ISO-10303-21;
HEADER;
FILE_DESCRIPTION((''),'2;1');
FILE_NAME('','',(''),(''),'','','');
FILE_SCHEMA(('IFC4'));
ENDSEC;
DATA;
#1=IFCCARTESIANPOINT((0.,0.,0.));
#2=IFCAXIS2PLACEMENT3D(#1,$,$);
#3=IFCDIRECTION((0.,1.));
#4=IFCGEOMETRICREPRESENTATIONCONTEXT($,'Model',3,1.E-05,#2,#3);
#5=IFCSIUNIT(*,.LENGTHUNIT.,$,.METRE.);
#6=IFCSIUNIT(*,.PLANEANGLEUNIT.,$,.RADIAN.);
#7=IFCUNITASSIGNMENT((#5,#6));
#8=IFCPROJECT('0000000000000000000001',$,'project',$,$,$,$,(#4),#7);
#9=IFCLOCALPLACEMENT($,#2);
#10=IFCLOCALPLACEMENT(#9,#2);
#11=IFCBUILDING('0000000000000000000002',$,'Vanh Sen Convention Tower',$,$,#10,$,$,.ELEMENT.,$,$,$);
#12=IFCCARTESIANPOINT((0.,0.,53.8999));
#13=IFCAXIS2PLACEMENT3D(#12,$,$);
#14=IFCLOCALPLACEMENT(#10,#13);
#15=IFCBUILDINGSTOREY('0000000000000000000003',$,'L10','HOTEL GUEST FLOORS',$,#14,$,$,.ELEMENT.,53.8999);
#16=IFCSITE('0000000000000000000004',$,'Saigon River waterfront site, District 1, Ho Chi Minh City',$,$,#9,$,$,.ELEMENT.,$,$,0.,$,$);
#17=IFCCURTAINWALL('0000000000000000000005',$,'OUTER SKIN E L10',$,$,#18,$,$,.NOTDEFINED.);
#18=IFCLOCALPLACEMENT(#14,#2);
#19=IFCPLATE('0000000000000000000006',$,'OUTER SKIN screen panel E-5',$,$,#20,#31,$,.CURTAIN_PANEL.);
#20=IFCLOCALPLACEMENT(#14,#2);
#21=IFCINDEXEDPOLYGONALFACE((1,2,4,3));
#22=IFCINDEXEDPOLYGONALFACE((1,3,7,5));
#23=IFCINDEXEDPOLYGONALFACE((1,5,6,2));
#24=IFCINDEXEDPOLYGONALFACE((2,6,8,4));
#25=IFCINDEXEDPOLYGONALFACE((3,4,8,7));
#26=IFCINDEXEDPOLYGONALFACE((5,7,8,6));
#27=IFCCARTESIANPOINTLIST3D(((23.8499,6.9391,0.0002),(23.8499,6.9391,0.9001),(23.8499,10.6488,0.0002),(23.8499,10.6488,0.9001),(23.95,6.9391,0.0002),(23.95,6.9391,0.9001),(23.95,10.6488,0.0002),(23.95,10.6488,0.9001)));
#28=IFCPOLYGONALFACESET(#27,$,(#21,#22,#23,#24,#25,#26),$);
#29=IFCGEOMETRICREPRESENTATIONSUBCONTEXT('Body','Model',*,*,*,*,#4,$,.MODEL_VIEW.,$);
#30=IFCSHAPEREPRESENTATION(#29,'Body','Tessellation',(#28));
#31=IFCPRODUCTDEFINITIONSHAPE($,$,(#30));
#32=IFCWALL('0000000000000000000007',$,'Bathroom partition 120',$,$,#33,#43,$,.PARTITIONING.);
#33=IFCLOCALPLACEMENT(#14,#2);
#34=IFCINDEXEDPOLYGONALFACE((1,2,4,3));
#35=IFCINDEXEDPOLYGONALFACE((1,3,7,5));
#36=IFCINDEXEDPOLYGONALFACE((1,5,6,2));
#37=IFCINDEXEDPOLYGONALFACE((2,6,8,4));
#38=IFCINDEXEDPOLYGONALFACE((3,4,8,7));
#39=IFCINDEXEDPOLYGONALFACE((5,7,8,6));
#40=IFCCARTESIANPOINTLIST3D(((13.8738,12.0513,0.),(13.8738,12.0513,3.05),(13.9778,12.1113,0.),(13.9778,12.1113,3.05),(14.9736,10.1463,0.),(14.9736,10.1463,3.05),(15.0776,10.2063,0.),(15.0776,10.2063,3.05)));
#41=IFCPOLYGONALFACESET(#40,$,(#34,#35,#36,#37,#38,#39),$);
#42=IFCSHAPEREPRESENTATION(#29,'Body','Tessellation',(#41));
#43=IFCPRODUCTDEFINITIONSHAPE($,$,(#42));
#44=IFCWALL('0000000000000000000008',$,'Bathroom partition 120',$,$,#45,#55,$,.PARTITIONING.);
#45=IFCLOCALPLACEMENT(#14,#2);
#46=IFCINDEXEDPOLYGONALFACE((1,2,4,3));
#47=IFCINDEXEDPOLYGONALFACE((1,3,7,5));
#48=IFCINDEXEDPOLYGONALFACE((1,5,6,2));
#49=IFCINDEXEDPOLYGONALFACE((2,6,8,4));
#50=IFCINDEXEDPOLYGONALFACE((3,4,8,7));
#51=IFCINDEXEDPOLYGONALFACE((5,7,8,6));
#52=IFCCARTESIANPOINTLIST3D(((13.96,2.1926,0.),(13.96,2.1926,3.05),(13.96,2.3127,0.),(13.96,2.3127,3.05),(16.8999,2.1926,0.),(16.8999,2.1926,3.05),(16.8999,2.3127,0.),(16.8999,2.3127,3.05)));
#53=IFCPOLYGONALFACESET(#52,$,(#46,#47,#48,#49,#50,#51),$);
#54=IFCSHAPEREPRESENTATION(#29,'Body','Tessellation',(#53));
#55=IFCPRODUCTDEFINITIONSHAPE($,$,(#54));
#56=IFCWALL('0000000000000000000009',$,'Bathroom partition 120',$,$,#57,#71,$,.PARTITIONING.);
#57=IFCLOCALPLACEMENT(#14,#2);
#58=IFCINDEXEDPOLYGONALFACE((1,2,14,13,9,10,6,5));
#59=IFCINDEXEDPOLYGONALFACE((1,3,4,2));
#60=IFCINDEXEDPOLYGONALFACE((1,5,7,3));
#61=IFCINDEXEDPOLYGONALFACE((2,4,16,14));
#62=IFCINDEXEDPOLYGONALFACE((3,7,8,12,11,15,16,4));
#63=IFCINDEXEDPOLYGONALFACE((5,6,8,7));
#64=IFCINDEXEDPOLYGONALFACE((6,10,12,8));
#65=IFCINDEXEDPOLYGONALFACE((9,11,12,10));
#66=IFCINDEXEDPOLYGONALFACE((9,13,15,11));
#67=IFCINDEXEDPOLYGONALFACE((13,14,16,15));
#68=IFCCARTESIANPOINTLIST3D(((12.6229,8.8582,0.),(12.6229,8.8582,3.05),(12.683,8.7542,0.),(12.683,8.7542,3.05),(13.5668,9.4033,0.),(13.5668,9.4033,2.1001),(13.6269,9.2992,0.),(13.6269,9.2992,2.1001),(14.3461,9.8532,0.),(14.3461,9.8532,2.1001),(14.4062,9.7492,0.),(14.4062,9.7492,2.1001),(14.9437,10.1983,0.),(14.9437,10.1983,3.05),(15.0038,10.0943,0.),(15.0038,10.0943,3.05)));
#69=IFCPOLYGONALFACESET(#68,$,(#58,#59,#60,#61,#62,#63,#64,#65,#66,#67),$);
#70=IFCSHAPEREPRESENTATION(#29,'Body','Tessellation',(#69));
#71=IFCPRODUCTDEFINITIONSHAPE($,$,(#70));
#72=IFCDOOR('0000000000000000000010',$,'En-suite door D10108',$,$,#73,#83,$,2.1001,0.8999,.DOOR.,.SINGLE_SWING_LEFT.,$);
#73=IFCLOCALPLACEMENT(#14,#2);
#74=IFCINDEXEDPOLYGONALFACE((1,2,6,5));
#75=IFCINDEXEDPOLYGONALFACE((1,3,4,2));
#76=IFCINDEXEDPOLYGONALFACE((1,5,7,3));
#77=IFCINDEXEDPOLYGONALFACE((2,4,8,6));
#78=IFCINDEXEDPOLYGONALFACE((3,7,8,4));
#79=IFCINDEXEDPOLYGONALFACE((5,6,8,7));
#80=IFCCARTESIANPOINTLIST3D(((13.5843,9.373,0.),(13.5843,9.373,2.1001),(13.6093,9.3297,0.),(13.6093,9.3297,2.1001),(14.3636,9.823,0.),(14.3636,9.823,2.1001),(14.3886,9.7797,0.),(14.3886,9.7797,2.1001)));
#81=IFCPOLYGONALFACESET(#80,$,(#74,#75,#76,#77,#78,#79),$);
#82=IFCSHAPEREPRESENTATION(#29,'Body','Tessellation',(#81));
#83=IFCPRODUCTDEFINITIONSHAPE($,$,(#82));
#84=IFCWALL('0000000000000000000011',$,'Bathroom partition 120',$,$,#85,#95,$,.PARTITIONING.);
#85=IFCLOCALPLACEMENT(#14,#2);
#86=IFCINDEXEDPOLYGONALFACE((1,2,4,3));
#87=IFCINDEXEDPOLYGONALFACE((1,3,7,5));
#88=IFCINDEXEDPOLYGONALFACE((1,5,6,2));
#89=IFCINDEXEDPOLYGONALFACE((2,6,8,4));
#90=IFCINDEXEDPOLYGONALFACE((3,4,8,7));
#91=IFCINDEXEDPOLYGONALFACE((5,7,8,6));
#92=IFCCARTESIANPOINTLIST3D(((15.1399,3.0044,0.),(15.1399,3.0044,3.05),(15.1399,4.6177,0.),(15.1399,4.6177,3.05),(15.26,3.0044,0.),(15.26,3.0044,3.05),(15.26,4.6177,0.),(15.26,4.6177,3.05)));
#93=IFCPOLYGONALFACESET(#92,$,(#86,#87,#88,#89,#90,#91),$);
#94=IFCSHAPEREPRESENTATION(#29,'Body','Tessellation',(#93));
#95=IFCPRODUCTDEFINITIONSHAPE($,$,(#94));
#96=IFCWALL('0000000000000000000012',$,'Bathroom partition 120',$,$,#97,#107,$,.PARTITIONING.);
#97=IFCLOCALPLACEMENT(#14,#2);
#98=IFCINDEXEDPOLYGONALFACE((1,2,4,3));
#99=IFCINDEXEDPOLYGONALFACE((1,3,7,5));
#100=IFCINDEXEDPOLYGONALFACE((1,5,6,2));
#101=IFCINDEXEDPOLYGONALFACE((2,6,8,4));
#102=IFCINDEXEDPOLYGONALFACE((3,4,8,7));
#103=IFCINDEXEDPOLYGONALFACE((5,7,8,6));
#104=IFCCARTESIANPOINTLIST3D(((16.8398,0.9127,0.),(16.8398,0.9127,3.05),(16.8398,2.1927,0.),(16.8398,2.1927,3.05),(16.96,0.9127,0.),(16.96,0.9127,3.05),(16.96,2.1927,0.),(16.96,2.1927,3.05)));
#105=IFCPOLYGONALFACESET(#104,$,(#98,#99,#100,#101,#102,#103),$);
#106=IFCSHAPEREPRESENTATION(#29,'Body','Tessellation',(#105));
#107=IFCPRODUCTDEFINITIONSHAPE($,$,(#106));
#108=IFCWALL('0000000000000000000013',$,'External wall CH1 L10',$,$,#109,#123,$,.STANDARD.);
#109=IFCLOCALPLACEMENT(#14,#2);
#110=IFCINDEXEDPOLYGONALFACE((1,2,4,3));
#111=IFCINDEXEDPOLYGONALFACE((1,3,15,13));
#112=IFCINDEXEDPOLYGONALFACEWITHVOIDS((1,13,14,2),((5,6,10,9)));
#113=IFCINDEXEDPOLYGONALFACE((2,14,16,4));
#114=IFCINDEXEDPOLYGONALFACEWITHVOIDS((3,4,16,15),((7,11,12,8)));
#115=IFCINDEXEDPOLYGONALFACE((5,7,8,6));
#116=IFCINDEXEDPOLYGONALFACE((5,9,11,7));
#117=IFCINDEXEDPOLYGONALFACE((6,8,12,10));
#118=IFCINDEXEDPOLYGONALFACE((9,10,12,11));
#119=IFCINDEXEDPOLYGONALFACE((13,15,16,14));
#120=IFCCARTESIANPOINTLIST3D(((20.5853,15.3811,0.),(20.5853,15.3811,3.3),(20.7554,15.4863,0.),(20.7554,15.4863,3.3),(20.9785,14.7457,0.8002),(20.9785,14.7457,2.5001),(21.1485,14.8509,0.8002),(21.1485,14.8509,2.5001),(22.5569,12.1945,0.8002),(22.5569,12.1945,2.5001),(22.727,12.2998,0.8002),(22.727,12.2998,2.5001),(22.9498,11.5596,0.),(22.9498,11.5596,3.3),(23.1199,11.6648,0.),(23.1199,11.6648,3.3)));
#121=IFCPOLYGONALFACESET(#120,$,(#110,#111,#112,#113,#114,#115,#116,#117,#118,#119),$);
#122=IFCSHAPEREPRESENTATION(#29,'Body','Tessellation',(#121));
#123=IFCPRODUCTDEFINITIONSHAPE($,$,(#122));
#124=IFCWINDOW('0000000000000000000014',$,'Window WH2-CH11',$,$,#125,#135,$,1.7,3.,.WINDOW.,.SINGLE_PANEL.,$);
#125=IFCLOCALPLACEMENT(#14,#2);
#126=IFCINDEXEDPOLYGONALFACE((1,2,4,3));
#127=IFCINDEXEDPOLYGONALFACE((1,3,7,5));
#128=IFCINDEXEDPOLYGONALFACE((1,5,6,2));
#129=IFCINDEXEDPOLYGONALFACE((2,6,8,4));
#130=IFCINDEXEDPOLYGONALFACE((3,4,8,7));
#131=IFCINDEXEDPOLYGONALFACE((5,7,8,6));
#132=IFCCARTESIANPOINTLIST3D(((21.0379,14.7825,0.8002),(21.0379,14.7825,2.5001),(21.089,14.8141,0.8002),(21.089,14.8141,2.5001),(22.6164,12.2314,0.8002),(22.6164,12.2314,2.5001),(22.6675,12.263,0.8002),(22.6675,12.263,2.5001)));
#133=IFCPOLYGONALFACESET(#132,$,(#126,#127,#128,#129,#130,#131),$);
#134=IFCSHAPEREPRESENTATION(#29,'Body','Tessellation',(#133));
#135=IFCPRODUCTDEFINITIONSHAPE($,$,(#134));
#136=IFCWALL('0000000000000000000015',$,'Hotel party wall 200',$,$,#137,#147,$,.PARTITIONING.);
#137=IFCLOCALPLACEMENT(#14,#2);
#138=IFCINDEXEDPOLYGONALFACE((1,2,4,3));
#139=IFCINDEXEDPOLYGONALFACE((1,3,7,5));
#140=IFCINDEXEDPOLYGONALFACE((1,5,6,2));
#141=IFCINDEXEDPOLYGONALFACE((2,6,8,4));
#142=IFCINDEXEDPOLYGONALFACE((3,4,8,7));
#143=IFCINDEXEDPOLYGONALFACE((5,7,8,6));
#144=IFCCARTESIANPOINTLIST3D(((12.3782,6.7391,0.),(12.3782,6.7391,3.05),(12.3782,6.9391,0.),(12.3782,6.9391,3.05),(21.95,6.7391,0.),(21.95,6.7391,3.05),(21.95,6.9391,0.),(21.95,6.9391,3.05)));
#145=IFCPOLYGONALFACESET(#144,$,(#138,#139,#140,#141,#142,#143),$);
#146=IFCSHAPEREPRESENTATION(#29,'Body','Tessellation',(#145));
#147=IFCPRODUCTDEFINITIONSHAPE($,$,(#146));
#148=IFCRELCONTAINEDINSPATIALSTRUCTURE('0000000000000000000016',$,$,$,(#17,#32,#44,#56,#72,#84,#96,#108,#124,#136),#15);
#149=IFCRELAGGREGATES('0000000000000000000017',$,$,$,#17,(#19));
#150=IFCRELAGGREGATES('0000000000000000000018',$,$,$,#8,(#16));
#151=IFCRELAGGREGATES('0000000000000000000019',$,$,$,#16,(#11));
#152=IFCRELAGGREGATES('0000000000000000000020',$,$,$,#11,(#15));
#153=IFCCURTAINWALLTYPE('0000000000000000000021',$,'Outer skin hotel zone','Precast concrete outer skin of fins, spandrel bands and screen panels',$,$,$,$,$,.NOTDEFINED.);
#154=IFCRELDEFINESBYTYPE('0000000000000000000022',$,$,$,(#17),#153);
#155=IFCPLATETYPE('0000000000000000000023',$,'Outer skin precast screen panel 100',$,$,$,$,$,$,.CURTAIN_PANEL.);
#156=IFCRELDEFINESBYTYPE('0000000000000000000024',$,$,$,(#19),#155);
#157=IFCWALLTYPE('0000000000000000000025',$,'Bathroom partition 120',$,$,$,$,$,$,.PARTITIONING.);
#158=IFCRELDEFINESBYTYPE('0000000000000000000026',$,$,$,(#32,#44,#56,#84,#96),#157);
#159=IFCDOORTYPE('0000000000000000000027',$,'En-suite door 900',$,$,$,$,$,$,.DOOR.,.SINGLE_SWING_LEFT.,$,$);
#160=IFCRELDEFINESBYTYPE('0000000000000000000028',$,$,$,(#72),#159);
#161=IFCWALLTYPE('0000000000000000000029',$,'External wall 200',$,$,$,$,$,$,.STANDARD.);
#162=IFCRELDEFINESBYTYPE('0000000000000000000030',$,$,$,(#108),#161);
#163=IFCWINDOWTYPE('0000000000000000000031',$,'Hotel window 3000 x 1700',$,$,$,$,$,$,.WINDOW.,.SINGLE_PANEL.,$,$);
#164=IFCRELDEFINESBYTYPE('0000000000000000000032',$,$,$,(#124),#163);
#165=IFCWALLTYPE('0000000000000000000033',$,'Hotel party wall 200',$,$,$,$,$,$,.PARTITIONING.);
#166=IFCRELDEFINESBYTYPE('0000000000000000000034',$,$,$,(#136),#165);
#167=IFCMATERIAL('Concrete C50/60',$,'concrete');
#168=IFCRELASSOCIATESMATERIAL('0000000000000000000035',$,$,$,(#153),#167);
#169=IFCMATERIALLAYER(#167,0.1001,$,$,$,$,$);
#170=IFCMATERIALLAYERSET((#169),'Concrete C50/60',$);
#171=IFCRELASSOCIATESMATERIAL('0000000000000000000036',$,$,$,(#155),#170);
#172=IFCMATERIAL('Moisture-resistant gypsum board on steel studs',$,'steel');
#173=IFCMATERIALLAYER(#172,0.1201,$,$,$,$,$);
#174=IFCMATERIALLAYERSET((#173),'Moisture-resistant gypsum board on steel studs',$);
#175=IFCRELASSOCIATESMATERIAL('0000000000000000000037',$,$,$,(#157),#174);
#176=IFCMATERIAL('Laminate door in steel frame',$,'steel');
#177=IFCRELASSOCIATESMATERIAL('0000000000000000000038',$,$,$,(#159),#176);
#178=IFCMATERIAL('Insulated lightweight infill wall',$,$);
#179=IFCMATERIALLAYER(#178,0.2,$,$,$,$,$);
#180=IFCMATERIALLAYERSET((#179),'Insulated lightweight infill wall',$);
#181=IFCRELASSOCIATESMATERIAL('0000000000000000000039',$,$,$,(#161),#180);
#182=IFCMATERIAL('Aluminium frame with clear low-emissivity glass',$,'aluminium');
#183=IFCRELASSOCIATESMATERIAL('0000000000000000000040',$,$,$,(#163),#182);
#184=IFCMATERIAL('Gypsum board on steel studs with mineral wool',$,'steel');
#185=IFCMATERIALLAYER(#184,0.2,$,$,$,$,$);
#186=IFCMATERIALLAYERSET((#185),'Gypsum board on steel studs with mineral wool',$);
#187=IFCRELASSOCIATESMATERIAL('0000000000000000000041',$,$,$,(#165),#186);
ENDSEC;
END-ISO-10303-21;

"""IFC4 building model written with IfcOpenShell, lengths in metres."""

from ifc_helpers import new_model, si_unit, direction, frame, frame_2d, origin, origin_2d, place, context, subcontext, project, spatial, rectangle, extrude, material, layer, layer_set, type_object, element, fill, aggregate, save


model = new_model("IFC4")

# Units and contexts
model_context = context("Model", 3, precision=1e-05, world=origin(), true_north=direction((0.0, 1.0)))
body_context = subcontext(model_context, "Body", "Model", "MODEL_VIEW")
ifc_project = project(units=[si_unit("LENGTHUNIT", "METRE"), si_unit("PLANEANGLEUNIT", "RADIAN")], contexts=[model_context])

# Site, building, storey
site_placement = place(None, origin())
site = spatial("IfcSite", under=ifc_project, at=site_placement, Name="Saigon River waterfront site, District 1, Ho Chi Minh City", CompositionType="ELEMENT", RefElevation=0.0)
building_placement = place(site_placement, origin())
building = spatial("IfcBuilding", under=site, at=building_placement, Name="Vanh Sen Convention Tower", CompositionType="ELEMENT")
storey_placement = place(building_placement, frame((0.0, 0.0, 53.8999)))
storey = spatial("IfcBuildingStorey", under=building, at=storey_placement, Name="L10", Description="HOTEL GUEST FLOORS", CompositionType="ELEMENT", Elevation=53.8999)

# Curtain wall
ifc_material_1 = material(Name="Concrete C50/60", Category="concrete")
curtain_wall_type = type_object("IfcCurtainWallType", Name="Outer skin hotel zone", Description="Precast concrete outer skin of fins, spandrel bands and screen panels", PredefinedType="NOTDEFINED", material=ifc_material_1)
curtain_wall_1_placement = place(storey_placement, origin())
curtain_wall_1 = element("IfcCurtainWall", 1, at=curtain_wall_1_placement, inside=storey, type_object=curtain_wall_type, Name="OUTER SKIN E L10", PredefinedType="NOTDEFINED")

# Plate
ifc_layer_1 = layer(ifc_material_1, 0.1001)
ifc_layer_set_1 = layer_set([ifc_layer_1], Name="Concrete C50/60")
plate_type = type_object("IfcPlateType", Name="Outer skin precast screen panel 100", PredefinedType="CURTAIN_PANEL", material=ifc_layer_set_1)
plate_1_placement = place(storey_placement, frame((23.8999, 8.7939, 0.0002), z_axis=(0.0, 0.0, 1.0), x_axis=(0.0, 1.0, 0.0)))
plate_1 = element("IfcPlate", 2, at=plate_1_placement, type_object=plate_type, Name="OUTER SKIN screen panel E-5", PredefinedType="CURTAIN_PANEL", context=body_context, shape_type="SweptSolid", body=[
    extrude(rectangle(XDim=3.7097, YDim=0.1001, at=origin_2d()), origin(), (0.0, 0.0, 1.0), 0.8999),
])
aggregate(curtain_wall_1, [plate_1])

# Walls
ifc_material_2 = material(Name="Moisture-resistant gypsum board on steel studs", Category="steel")
ifc_layer_2 = layer(ifc_material_2, 0.1201)
ifc_layer_set_2 = layer_set([ifc_layer_2], Name="Moisture-resistant gypsum board on steel studs")
wall_type_1 = type_object("IfcWallType", Name="Bathroom partition 120", PredefinedType="PARTITIONING", material=ifc_layer_set_2)
wall_1_placement = place(storey_placement, frame((13.9258, 12.0813, 0.0), z_axis=(0.0, 0.0, 1.0), x_axis=(0.499995, -0.866028, 0.0)))
element("IfcWall", 3, at=wall_1_placement, inside=storey, type_object=wall_type_1, Name="Bathroom partition 120", PredefinedType="PARTITIONING", context=body_context, shape_type="SweptSolid", body=[
    extrude(rectangle(XDim=2.1997, YDim=0.1201, at=frame_2d((1.0999, 0.0))), origin(), (0.0, 0.0, 1.0), 3.05),
])
wall_2_placement = place(storey_placement, frame((13.96, 2.2527, 0.0), z_axis=(0.0, 0.0, 1.0), x_axis=(1.0, 0.0, 0.0)))
element("IfcWall", 4, at=wall_2_placement, inside=storey, type_object=wall_type_1, Name="Bathroom partition 120", PredefinedType="PARTITIONING", context=body_context, shape_type="SweptSolid", body=[
    extrude(rectangle(XDim=2.9399, YDim=0.1201, at=frame_2d((1.47, 0.0))), origin(), (0.0, 0.0, 1.0), 3.05),
])

# Wall, opening, door
wall_3_placement = place(storey_placement, frame((14.9736, 10.1462, 0.0), z_axis=(0.0, 0.0, 1.0), x_axis=(-0.865997, -0.500048, 0.0)))
wall_3 = element("IfcWall", 5, at=wall_3_placement, inside=storey, type_object=wall_type_1, Name="Bathroom partition 120", PredefinedType="PARTITIONING", context=body_context, shape_type="SweptSolid", body=[
    extrude(rectangle(XDim=2.6799, YDim=0.1201, at=frame_2d((1.3398, 0.0))), origin(), (0.0, 0.0, 1.0), 3.05),
])
opening_1_placement = place(wall_3_placement, frame((0.6899, 0.0, 0.0)))
opening_1 = element("IfcOpeningElement", 6, at=opening_1_placement, cuts=wall_3, PredefinedType="OPENING", context=body_context, shape_type="SweptSolid", body=[
    extrude(rectangle(XDim=0.8999, YDim=2.1001, at=frame_2d((0.45, 1.05))), frame((0.0, 0.0701, 0.0), z_axis=(0.0, -1.0, 0.0), x_axis=(1.0, 0.0, 0.0)), (0.0, 0.0, 1.0), 0.1401),
])
ifc_material_3 = material(Name="Laminate door in steel frame", Category="steel")
door_type_1 = type_object("IfcDoorType", Name="En-suite door 900", OperationType="SINGLE_SWING_LEFT", PredefinedType="DOOR", material=ifc_material_3)
door_1_placement = place(opening_1_placement, origin())
door_1 = element("IfcDoor", 7, at=door_1_placement, inside=storey, type_object=door_type_1, Name="En-suite door D10108", OperationType="SINGLE_SWING_LEFT", OverallHeight=2.1001, OverallWidth=0.8999, PredefinedType="DOOR", context=body_context, shape_type="SweptSolid", body=[
    extrude(rectangle(XDim=0.8999, YDim=2.1001, at=frame_2d((0.45, 1.05))), frame((0.0, 0.0249, 0.0), z_axis=(0.0, -1.0, 0.0), x_axis=(1.0, 0.0, 0.0)), (0.0, 0.0, 1.0), 0.05),
])
fill(opening_1, door_1)

# Walls
wall_4_placement = place(storey_placement, frame((15.2, 4.6177, 0.0), z_axis=(0.0, 0.0, 1.0), x_axis=(0.0, -1.0, 0.0)))
element("IfcWall", 8, at=wall_4_placement, inside=storey, type_object=wall_type_1, Name="Bathroom partition 120", PredefinedType="PARTITIONING", context=body_context, shape_type="SweptSolid", body=[
    extrude(rectangle(XDim=1.6133, YDim=0.1201, at=frame_2d((0.8066, 0.0))), origin(), (0.0, 0.0, 1.0), 3.05),
])
wall_5_placement = place(storey_placement, frame((16.8999, 2.1929, 0.0), z_axis=(0.0, 0.0, 1.0), x_axis=(0.0, -1.0, 0.0)))
element("IfcWall", 9, at=wall_5_placement, inside=storey, type_object=wall_type_1, Name="Bathroom partition 120", PredefinedType="PARTITIONING", context=body_context, shape_type="SweptSolid", body=[
    extrude(rectangle(XDim=1.28, YDim=0.1201, at=frame_2d((0.6401, 0.0))), origin(), (0.0, 0.0, 1.0), 3.05),
])

# Wall, opening, window
ifc_material_4 = material(Name="Insulated lightweight infill wall")
ifc_layer_3 = layer(ifc_material_4, 0.2)
ifc_layer_set_3 = layer_set([ifc_layer_3], Name="Insulated lightweight infill wall")
wall_type_2 = type_object("IfcWallType", Name="External wall 200", PredefinedType="STANDARD", material=ifc_layer_set_3)
wall_6_placement = place(storey_placement, frame((23.0349, 11.6121, 0.0), z_axis=(0.0, 0.0, 1.0), x_axis=(-0.52616, 0.850386, 0.0)))
wall_6 = element("IfcWall", 10, at=wall_6_placement, inside=storey, type_object=wall_type_2, Name="External wall CH1 L10", PredefinedType="STANDARD", context=body_context, shape_type="SweptSolid", body=[
    extrude(rectangle(XDim=4.4939, YDim=0.2, at=frame_2d((2.2471, 0.0))), origin(), (0.0, 0.0, 1.0), 3.3),
])
opening_2_placement = place(wall_6_placement, frame((0.7468, 0.0, 0.8)))
opening_2 = element("IfcOpeningElement", 11, at=opening_2_placement, cuts=wall_6, PredefinedType="OPENING", context=body_context, shape_type="SweptSolid", body=[
    extrude(rectangle(XDim=3.0, YDim=1.7, at=frame_2d((1.5, 0.8501))), frame((0.0, 0.1099, 0.0), z_axis=(0.0, -1.0, 0.0), x_axis=(1.0, 0.0, 0.0)), (0.0, 0.0, 1.0), 0.22),
])
ifc_material_5 = material(Name="Aluminium frame with clear low-emissivity glass", Category="aluminium")
window_type = type_object("IfcWindowType", Name="Hotel window 3000 x 1700", PartitioningType="SINGLE_PANEL", PredefinedType="WINDOW", material=ifc_material_5)
window_placement = place(opening_2_placement, origin())
window = element("IfcWindow", 12, at=window_placement, inside=storey, type_object=window_type, Name="Window WH2-CH11", OverallHeight=1.7, OverallWidth=3.0, PartitioningType="SINGLE_PANEL", PredefinedType="WINDOW", context=body_context, shape_type="SweptSolid", body=[
    extrude(rectangle(XDim=3.0, YDim=1.7, at=frame_2d((1.5, 0.8501))), frame((0.0, 0.03, 0.0), z_axis=(0.0, -1.0, 0.0), x_axis=(1.0, 0.0, 0.0)), (0.0, 0.0, 1.0), 0.0601),
])
fill(opening_2, window)

# Wall
ifc_material_6 = material(Name="Gypsum board on steel studs with mineral wool", Category="steel")
ifc_layer_4 = layer(ifc_material_6, 0.2)
ifc_layer_set_4 = layer_set([ifc_layer_4], Name="Gypsum board on steel studs with mineral wool")
wall_type_3 = type_object("IfcWallType", Name="Hotel party wall 200", PredefinedType="PARTITIONING", material=ifc_layer_set_4)
wall_7_placement = place(storey_placement, frame((21.95, 6.8391, 0.0), z_axis=(0.0, 0.0, 1.0), x_axis=(-1.0, 0.0, 0.0)))
element("IfcWall", 13, at=wall_7_placement, inside=storey, type_object=wall_type_3, Name="Hotel party wall 200", PredefinedType="PARTITIONING", context=body_context, shape_type="SweptSolid", body=[
    extrude(rectangle(XDim=9.5718, YDim=0.2, at=frame_2d((4.7859, 0.0))), origin(), (0.0, 0.0, 1.0), 3.05),
])

save(model, "model.ifc")
